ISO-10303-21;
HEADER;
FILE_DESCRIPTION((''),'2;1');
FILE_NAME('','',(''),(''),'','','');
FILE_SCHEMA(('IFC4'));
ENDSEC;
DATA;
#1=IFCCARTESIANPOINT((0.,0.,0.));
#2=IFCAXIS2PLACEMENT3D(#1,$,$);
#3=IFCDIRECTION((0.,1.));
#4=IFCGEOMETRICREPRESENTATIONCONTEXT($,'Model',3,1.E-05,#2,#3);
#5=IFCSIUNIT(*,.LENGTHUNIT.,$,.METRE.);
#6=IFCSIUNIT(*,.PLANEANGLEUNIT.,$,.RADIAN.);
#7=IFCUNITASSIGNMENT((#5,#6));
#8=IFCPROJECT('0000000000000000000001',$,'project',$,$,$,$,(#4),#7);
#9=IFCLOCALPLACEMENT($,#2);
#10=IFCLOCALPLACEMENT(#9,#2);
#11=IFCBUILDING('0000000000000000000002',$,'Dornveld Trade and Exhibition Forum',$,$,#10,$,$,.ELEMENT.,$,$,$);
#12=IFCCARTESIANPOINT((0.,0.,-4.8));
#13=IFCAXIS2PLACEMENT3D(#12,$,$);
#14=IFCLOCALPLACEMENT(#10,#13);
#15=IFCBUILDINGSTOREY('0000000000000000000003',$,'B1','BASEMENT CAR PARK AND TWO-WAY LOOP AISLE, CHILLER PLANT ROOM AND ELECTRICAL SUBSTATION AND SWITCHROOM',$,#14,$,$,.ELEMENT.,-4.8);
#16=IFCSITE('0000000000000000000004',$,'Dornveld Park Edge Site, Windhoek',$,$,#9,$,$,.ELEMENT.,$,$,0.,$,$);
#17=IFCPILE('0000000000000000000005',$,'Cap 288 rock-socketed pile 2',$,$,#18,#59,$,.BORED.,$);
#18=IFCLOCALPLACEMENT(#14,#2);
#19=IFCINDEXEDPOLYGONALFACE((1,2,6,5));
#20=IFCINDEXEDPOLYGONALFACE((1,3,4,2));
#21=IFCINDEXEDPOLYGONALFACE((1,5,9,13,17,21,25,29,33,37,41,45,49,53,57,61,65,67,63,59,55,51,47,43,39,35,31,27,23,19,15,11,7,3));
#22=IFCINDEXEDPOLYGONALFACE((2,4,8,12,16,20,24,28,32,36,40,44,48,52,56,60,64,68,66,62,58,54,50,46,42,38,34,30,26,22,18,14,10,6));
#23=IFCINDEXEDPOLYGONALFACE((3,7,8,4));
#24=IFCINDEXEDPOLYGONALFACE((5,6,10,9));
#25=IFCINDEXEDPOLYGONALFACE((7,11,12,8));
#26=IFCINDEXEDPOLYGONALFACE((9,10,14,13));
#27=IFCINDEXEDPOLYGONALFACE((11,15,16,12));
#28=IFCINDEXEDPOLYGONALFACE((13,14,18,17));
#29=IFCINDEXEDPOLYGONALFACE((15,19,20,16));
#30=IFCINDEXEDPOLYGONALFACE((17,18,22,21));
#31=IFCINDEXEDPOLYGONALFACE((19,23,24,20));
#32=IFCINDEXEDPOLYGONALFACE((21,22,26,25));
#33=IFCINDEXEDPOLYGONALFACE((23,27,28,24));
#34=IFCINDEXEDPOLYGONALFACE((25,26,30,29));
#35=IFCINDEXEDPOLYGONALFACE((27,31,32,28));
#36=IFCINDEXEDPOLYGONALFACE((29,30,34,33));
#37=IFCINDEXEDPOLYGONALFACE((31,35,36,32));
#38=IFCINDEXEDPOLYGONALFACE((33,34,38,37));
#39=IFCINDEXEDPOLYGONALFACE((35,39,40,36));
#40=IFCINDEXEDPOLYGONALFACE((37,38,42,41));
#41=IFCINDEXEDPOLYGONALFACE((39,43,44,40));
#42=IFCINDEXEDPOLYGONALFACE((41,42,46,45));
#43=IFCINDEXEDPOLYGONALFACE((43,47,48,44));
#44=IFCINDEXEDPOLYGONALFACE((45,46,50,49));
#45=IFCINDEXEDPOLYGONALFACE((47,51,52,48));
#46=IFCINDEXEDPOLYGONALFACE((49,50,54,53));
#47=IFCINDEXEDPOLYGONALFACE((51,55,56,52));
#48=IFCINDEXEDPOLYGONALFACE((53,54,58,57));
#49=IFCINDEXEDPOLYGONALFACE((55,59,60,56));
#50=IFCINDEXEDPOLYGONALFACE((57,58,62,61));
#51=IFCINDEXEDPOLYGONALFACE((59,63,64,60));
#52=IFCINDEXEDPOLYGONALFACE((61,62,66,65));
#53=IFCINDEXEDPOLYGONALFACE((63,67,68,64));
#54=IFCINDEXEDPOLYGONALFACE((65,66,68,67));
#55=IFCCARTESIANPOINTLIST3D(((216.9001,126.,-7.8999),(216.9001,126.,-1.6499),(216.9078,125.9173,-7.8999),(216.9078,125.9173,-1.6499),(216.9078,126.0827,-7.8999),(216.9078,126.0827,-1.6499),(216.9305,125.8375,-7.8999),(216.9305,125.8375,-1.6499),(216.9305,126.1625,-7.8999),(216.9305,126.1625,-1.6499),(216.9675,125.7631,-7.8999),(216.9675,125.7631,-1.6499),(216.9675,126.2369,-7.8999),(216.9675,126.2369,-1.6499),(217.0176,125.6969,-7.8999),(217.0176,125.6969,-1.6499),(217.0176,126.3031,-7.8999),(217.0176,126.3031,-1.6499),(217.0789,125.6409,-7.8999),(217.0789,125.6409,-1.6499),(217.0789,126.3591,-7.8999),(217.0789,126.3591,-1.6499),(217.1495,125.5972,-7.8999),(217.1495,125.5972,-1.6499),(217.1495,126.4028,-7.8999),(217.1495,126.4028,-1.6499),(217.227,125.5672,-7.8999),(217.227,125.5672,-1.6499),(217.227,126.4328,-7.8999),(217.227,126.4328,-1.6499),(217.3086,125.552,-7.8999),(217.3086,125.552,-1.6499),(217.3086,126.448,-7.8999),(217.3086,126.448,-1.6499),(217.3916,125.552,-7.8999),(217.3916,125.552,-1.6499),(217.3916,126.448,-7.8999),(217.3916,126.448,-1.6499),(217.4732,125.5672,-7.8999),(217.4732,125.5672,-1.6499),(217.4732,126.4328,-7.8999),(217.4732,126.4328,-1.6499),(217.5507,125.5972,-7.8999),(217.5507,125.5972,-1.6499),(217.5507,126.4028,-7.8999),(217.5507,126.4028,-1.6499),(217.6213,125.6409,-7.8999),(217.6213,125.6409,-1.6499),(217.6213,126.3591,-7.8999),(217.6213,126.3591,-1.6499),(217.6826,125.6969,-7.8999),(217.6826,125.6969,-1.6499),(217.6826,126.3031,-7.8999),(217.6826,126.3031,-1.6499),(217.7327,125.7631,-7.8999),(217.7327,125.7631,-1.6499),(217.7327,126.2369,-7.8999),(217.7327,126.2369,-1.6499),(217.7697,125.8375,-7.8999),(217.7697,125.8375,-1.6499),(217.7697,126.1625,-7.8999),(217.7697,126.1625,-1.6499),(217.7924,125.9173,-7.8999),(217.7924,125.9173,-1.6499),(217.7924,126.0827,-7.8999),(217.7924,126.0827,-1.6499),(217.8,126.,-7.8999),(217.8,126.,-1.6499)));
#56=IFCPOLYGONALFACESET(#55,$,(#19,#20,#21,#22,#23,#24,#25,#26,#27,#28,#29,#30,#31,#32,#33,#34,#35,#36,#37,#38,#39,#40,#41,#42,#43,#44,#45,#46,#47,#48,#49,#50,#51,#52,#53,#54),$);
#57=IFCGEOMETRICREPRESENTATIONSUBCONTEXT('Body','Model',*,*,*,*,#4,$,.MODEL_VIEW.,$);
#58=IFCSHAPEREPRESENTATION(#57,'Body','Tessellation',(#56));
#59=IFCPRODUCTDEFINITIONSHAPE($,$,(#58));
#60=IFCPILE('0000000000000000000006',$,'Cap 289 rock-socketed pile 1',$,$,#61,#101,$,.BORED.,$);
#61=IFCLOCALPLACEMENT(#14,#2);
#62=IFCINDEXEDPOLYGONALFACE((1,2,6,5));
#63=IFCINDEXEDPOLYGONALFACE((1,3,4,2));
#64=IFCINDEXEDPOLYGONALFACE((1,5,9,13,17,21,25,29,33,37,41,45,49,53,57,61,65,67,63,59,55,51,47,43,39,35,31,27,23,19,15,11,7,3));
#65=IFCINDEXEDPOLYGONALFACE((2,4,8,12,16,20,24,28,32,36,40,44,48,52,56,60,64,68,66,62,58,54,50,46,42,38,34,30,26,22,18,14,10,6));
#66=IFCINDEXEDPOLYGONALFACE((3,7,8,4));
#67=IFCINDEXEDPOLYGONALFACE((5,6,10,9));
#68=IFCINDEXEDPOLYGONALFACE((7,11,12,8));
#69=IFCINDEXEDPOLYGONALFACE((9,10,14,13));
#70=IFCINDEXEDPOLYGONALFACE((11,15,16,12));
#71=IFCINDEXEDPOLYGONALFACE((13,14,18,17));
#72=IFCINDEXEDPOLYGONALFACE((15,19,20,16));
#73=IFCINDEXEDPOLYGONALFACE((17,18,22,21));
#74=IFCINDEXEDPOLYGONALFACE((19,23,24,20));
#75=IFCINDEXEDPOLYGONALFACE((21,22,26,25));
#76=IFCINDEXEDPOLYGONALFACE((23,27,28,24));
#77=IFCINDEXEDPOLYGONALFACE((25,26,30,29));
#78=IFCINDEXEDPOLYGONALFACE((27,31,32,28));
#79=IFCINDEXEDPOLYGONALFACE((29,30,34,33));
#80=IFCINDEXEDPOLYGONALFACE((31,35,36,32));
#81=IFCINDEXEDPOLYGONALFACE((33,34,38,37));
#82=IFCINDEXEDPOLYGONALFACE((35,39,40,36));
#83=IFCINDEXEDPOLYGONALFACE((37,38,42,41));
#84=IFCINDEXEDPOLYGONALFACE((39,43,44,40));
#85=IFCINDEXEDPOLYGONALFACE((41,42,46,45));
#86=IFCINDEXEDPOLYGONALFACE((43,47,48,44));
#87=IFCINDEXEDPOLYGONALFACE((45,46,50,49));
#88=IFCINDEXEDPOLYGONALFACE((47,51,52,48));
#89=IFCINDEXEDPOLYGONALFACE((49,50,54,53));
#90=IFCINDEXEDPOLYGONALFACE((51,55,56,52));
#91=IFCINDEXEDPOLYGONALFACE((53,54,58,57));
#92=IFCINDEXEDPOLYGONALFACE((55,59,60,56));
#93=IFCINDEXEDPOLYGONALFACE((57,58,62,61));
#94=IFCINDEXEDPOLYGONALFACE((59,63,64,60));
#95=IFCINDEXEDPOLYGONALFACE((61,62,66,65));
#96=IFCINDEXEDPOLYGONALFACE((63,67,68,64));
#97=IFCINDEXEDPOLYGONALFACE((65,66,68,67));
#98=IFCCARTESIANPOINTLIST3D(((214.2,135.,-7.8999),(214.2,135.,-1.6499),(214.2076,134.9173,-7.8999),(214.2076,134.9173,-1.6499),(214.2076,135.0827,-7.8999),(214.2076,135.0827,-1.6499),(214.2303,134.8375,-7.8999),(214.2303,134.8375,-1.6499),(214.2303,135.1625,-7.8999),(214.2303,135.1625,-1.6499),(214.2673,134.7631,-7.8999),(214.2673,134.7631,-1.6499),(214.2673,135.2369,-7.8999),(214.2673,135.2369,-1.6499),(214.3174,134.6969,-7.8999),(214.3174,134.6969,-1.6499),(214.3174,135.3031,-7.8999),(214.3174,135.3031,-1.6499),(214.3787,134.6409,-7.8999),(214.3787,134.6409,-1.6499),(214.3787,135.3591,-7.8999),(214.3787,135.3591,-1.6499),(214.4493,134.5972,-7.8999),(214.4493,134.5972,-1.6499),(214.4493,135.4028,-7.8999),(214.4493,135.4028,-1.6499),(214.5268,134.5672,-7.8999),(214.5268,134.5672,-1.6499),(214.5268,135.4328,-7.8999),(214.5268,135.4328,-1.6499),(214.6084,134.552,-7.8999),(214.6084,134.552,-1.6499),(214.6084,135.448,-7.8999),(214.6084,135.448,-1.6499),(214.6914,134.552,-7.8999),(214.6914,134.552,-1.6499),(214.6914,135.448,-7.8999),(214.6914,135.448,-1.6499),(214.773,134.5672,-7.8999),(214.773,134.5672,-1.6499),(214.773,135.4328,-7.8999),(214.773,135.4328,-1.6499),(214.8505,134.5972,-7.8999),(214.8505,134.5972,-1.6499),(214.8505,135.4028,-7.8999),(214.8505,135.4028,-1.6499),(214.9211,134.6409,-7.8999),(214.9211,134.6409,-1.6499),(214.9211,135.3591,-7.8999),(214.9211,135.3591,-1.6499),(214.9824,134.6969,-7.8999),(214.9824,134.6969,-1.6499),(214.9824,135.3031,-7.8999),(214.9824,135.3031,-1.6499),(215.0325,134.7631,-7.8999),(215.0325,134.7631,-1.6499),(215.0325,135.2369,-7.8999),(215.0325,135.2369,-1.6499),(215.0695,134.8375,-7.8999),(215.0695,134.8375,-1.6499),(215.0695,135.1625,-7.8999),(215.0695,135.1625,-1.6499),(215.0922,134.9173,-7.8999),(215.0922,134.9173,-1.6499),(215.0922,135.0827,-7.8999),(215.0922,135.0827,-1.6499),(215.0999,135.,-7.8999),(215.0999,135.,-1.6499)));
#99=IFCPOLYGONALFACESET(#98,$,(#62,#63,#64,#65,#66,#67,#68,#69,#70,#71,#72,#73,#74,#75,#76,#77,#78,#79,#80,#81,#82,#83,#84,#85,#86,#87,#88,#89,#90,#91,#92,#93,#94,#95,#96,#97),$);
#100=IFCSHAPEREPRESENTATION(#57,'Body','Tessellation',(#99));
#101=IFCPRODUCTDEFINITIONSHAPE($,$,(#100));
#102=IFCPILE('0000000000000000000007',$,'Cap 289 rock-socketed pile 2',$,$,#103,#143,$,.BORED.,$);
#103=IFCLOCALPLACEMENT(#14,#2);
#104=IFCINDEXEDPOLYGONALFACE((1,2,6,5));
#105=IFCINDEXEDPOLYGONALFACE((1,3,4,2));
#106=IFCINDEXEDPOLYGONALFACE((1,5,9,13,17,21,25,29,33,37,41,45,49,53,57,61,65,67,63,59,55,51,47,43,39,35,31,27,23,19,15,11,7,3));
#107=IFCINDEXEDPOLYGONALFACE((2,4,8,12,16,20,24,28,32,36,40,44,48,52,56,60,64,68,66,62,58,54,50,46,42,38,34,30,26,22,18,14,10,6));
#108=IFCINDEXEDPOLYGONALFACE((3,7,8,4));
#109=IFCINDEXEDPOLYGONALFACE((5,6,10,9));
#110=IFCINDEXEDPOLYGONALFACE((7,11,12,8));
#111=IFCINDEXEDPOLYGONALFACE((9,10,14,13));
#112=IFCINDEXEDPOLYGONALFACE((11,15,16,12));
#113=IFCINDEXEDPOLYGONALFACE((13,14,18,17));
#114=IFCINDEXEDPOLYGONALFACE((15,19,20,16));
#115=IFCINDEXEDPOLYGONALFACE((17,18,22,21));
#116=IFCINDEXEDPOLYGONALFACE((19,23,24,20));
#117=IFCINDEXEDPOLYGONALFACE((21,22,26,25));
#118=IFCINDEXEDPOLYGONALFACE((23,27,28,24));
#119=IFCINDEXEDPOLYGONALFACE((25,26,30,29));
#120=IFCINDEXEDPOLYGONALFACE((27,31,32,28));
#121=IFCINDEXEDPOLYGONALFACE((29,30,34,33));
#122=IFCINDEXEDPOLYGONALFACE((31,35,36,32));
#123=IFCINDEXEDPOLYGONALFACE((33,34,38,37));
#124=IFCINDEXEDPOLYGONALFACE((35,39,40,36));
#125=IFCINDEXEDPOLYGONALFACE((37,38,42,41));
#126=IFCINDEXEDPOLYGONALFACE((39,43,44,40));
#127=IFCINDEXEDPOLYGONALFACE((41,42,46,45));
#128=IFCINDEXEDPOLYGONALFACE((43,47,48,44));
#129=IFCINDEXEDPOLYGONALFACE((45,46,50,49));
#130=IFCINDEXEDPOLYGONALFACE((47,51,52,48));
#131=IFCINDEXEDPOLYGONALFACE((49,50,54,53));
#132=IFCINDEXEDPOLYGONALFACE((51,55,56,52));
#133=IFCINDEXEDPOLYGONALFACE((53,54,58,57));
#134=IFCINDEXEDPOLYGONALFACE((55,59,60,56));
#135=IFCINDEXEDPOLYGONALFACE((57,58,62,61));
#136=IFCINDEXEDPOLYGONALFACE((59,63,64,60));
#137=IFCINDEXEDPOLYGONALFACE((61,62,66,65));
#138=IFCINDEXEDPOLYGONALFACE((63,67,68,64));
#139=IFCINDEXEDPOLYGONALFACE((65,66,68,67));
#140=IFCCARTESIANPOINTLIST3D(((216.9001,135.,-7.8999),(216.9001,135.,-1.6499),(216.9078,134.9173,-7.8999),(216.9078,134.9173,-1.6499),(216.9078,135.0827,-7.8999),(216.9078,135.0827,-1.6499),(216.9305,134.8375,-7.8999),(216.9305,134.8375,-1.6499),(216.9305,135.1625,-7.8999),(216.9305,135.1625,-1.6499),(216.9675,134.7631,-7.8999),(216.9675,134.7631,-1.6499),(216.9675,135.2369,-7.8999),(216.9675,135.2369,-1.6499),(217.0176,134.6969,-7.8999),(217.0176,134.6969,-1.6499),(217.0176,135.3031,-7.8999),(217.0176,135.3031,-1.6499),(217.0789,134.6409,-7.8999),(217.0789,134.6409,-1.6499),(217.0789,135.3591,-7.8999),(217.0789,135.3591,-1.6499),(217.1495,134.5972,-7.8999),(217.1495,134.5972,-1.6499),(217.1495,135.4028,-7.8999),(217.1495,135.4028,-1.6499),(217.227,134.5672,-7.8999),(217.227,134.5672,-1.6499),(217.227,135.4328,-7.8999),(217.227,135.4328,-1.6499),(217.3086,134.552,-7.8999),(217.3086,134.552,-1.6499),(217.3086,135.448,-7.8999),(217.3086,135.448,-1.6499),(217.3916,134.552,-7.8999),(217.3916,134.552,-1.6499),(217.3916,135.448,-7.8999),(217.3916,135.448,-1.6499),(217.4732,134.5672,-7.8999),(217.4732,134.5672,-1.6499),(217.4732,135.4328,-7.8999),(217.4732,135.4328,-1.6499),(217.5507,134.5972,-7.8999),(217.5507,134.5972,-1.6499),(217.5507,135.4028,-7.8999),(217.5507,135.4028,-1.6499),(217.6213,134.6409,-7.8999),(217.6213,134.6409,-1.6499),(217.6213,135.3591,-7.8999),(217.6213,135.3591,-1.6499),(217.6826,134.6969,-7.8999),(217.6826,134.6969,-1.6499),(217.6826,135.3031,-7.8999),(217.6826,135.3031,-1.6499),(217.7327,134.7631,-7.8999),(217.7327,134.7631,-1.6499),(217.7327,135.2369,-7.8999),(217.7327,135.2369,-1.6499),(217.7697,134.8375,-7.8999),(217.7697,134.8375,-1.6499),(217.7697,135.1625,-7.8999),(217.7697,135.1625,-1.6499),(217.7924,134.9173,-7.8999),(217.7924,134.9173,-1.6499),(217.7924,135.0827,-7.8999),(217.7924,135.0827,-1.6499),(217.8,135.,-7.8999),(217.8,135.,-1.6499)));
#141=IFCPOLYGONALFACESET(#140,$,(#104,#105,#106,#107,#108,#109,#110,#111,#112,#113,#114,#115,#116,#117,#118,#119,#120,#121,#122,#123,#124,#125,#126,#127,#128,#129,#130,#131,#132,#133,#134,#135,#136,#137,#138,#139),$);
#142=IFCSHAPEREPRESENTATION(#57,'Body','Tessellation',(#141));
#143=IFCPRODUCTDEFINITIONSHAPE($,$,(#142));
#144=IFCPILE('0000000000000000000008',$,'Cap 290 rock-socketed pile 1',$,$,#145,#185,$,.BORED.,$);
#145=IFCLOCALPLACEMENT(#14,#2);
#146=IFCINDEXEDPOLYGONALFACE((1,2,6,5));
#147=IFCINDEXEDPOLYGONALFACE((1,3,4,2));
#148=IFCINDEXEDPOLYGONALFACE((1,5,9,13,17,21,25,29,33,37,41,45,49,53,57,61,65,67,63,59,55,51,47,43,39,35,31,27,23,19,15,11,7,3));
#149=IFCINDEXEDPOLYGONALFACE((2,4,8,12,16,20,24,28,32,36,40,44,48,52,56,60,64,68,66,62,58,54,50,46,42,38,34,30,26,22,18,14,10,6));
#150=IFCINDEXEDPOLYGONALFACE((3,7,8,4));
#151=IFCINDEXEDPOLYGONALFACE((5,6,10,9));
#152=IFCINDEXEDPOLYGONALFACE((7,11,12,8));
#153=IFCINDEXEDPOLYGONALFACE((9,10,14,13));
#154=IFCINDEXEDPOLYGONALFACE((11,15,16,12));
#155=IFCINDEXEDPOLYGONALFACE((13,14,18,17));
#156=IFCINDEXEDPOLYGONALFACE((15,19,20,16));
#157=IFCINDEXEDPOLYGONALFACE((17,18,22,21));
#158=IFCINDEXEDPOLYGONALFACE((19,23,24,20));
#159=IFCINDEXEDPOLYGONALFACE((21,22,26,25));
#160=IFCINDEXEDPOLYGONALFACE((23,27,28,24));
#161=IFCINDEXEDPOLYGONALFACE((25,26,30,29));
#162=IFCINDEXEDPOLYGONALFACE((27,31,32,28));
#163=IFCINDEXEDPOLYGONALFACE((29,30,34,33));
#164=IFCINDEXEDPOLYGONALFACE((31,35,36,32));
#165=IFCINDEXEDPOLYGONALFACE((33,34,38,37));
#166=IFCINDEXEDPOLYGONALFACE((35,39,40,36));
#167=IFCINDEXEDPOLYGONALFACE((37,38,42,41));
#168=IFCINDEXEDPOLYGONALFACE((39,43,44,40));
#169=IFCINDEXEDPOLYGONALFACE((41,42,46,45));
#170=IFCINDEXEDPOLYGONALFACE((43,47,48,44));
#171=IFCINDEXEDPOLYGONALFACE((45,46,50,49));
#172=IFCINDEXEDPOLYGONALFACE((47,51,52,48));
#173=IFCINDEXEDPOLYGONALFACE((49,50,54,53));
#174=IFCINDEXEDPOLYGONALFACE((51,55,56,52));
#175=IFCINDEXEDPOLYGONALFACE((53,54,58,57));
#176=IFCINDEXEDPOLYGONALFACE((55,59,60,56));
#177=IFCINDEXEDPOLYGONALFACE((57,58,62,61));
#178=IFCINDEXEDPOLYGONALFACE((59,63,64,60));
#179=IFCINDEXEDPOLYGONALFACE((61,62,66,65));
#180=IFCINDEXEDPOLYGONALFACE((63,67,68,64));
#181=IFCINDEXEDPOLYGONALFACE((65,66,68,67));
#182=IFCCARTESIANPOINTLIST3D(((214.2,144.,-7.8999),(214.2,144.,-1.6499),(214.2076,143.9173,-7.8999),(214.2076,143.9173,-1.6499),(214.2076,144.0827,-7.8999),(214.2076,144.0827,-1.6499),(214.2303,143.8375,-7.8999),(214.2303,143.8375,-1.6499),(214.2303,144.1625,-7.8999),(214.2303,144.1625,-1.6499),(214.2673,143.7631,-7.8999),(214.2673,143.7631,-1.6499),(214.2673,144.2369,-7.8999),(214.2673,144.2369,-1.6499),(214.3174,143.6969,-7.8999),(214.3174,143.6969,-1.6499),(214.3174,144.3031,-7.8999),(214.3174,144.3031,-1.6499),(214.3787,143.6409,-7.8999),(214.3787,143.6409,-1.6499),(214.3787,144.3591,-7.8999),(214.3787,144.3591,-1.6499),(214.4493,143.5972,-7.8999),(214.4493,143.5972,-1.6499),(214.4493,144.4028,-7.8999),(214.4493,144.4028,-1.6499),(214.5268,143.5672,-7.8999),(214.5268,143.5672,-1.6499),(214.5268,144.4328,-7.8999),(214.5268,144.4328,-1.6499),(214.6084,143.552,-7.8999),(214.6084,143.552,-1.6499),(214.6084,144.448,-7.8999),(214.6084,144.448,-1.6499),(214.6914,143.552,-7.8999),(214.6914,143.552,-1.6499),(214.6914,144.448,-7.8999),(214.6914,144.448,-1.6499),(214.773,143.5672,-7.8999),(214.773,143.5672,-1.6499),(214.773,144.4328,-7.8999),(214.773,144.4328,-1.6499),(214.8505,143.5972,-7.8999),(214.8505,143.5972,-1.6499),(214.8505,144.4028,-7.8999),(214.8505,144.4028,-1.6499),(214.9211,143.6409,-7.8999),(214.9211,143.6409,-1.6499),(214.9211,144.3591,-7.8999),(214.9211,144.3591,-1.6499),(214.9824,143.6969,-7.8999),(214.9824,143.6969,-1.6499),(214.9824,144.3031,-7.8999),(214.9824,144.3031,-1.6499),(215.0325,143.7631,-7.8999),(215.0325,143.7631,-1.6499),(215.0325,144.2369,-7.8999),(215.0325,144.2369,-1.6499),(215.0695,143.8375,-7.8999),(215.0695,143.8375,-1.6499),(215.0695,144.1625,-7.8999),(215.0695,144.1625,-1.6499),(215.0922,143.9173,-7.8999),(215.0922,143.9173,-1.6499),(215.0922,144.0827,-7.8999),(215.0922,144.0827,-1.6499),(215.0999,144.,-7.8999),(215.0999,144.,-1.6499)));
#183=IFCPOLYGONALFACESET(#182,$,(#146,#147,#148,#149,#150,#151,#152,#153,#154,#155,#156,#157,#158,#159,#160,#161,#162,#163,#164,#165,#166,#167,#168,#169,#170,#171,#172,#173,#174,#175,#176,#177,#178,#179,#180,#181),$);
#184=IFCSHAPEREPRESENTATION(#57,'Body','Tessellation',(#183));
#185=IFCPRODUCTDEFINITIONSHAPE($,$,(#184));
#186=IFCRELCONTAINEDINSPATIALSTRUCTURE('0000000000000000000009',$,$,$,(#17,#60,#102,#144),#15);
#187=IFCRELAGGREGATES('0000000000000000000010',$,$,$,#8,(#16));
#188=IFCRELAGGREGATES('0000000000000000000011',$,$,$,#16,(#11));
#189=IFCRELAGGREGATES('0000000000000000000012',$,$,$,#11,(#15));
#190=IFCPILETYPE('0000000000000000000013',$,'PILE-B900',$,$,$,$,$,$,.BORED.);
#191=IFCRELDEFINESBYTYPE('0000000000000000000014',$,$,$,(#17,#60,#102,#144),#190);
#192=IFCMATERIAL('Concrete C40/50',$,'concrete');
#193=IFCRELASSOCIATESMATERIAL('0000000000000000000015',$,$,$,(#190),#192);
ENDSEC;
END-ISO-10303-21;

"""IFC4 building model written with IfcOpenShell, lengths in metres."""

from ifc_helpers import new_model, si_unit, direction, frame, origin, origin_2d, place, context, subcontext, project, spatial, circle, extrude, material, material_profile, profile_set, type_object, element, save


model = new_model("IFC4")

# Units and contexts
model_context = context("Model", 3, precision=1e-05, world=origin(), true_north=direction((0.0, 1.0)))
body_context = subcontext(model_context, "Body", "Model", "MODEL_VIEW")
ifc_project = project(units=[si_unit("LENGTHUNIT", "METRE"), si_unit("PLANEANGLEUNIT", "RADIAN")], contexts=[model_context])

# Site, building, storey
site_placement = place(None, origin())
site = spatial("IfcSite", under=ifc_project, at=site_placement, Name="Dornveld Park Edge Site, Windhoek", CompositionType="ELEMENT", RefElevation=0.0)
building_placement = place(site_placement, origin())
building = spatial("IfcBuilding", under=site, at=building_placement, Name="Dornveld Trade and Exhibition Forum", CompositionType="ELEMENT")
storey_placement = place(building_placement, frame((0.0, 0.0, -4.8)))
storey = spatial("IfcBuildingStorey", under=building, at=storey_placement, Name="B1", Description="BASEMENT CAR PARK AND TWO-WAY LOOP AISLE, CHILLER PLANT ROOM AND ELECTRICAL SUBSTATION AND SWITCHROOM", CompositionType="ELEMENT", Elevation=-4.8)

# Piles
ifc_material_1 = material(Name="Concrete C40/50", Category="concrete")
ifc_material_profile_1 = material_profile(ifc_material_1, circle(Radius=0.45, at=origin_2d()), Name="PILE D900")
ifc_profile_set_1 = profile_set([ifc_material_profile_1], Name="Concrete C40/50")
pile_type = type_object("IfcPileType", Name="PILE-B900", PredefinedType="BORED", material=ifc_profile_set_1)
for number, where, z_axis, x_axis, name in (
    (1, (217.3501, 126.0, -1.6499), (0.0, 0.0, -1.0), (1.0, 0.0, 0.0), "Cap 288 rock-socketed pile 2"),
    (2, (214.6499, 135.0, -1.6499), (0.0, 0.0, -1.0), (1.0, 0.0, 0.0), "Cap 289 rock-socketed pile 1"),
    (3, (217.3501, 135.0, -1.6499), (0.0, 0.0, -1.0), (1.0, 0.0, 0.0), "Cap 289 rock-socketed pile 2"),
    (4, (214.6499, 144.0, -1.6499), (0.0, 0.0, -1.0), (1.0, 0.0, 0.0), "Cap 290 rock-socketed pile 1"),
):
    element("IfcPile", number, at=place(storey_placement, frame(where, z_axis=z_axis, x_axis=x_axis)), inside=storey, type_object=pile_type, Name=name, PredefinedType="BORED", context=body_context, shape_type="SweptSolid", body=[
        extrude(circle(Radius=0.45, at=origin_2d()), origin(), (0.0, 0.0, 1.0), 6.25),
    ])

save(model, "model.ifc")
